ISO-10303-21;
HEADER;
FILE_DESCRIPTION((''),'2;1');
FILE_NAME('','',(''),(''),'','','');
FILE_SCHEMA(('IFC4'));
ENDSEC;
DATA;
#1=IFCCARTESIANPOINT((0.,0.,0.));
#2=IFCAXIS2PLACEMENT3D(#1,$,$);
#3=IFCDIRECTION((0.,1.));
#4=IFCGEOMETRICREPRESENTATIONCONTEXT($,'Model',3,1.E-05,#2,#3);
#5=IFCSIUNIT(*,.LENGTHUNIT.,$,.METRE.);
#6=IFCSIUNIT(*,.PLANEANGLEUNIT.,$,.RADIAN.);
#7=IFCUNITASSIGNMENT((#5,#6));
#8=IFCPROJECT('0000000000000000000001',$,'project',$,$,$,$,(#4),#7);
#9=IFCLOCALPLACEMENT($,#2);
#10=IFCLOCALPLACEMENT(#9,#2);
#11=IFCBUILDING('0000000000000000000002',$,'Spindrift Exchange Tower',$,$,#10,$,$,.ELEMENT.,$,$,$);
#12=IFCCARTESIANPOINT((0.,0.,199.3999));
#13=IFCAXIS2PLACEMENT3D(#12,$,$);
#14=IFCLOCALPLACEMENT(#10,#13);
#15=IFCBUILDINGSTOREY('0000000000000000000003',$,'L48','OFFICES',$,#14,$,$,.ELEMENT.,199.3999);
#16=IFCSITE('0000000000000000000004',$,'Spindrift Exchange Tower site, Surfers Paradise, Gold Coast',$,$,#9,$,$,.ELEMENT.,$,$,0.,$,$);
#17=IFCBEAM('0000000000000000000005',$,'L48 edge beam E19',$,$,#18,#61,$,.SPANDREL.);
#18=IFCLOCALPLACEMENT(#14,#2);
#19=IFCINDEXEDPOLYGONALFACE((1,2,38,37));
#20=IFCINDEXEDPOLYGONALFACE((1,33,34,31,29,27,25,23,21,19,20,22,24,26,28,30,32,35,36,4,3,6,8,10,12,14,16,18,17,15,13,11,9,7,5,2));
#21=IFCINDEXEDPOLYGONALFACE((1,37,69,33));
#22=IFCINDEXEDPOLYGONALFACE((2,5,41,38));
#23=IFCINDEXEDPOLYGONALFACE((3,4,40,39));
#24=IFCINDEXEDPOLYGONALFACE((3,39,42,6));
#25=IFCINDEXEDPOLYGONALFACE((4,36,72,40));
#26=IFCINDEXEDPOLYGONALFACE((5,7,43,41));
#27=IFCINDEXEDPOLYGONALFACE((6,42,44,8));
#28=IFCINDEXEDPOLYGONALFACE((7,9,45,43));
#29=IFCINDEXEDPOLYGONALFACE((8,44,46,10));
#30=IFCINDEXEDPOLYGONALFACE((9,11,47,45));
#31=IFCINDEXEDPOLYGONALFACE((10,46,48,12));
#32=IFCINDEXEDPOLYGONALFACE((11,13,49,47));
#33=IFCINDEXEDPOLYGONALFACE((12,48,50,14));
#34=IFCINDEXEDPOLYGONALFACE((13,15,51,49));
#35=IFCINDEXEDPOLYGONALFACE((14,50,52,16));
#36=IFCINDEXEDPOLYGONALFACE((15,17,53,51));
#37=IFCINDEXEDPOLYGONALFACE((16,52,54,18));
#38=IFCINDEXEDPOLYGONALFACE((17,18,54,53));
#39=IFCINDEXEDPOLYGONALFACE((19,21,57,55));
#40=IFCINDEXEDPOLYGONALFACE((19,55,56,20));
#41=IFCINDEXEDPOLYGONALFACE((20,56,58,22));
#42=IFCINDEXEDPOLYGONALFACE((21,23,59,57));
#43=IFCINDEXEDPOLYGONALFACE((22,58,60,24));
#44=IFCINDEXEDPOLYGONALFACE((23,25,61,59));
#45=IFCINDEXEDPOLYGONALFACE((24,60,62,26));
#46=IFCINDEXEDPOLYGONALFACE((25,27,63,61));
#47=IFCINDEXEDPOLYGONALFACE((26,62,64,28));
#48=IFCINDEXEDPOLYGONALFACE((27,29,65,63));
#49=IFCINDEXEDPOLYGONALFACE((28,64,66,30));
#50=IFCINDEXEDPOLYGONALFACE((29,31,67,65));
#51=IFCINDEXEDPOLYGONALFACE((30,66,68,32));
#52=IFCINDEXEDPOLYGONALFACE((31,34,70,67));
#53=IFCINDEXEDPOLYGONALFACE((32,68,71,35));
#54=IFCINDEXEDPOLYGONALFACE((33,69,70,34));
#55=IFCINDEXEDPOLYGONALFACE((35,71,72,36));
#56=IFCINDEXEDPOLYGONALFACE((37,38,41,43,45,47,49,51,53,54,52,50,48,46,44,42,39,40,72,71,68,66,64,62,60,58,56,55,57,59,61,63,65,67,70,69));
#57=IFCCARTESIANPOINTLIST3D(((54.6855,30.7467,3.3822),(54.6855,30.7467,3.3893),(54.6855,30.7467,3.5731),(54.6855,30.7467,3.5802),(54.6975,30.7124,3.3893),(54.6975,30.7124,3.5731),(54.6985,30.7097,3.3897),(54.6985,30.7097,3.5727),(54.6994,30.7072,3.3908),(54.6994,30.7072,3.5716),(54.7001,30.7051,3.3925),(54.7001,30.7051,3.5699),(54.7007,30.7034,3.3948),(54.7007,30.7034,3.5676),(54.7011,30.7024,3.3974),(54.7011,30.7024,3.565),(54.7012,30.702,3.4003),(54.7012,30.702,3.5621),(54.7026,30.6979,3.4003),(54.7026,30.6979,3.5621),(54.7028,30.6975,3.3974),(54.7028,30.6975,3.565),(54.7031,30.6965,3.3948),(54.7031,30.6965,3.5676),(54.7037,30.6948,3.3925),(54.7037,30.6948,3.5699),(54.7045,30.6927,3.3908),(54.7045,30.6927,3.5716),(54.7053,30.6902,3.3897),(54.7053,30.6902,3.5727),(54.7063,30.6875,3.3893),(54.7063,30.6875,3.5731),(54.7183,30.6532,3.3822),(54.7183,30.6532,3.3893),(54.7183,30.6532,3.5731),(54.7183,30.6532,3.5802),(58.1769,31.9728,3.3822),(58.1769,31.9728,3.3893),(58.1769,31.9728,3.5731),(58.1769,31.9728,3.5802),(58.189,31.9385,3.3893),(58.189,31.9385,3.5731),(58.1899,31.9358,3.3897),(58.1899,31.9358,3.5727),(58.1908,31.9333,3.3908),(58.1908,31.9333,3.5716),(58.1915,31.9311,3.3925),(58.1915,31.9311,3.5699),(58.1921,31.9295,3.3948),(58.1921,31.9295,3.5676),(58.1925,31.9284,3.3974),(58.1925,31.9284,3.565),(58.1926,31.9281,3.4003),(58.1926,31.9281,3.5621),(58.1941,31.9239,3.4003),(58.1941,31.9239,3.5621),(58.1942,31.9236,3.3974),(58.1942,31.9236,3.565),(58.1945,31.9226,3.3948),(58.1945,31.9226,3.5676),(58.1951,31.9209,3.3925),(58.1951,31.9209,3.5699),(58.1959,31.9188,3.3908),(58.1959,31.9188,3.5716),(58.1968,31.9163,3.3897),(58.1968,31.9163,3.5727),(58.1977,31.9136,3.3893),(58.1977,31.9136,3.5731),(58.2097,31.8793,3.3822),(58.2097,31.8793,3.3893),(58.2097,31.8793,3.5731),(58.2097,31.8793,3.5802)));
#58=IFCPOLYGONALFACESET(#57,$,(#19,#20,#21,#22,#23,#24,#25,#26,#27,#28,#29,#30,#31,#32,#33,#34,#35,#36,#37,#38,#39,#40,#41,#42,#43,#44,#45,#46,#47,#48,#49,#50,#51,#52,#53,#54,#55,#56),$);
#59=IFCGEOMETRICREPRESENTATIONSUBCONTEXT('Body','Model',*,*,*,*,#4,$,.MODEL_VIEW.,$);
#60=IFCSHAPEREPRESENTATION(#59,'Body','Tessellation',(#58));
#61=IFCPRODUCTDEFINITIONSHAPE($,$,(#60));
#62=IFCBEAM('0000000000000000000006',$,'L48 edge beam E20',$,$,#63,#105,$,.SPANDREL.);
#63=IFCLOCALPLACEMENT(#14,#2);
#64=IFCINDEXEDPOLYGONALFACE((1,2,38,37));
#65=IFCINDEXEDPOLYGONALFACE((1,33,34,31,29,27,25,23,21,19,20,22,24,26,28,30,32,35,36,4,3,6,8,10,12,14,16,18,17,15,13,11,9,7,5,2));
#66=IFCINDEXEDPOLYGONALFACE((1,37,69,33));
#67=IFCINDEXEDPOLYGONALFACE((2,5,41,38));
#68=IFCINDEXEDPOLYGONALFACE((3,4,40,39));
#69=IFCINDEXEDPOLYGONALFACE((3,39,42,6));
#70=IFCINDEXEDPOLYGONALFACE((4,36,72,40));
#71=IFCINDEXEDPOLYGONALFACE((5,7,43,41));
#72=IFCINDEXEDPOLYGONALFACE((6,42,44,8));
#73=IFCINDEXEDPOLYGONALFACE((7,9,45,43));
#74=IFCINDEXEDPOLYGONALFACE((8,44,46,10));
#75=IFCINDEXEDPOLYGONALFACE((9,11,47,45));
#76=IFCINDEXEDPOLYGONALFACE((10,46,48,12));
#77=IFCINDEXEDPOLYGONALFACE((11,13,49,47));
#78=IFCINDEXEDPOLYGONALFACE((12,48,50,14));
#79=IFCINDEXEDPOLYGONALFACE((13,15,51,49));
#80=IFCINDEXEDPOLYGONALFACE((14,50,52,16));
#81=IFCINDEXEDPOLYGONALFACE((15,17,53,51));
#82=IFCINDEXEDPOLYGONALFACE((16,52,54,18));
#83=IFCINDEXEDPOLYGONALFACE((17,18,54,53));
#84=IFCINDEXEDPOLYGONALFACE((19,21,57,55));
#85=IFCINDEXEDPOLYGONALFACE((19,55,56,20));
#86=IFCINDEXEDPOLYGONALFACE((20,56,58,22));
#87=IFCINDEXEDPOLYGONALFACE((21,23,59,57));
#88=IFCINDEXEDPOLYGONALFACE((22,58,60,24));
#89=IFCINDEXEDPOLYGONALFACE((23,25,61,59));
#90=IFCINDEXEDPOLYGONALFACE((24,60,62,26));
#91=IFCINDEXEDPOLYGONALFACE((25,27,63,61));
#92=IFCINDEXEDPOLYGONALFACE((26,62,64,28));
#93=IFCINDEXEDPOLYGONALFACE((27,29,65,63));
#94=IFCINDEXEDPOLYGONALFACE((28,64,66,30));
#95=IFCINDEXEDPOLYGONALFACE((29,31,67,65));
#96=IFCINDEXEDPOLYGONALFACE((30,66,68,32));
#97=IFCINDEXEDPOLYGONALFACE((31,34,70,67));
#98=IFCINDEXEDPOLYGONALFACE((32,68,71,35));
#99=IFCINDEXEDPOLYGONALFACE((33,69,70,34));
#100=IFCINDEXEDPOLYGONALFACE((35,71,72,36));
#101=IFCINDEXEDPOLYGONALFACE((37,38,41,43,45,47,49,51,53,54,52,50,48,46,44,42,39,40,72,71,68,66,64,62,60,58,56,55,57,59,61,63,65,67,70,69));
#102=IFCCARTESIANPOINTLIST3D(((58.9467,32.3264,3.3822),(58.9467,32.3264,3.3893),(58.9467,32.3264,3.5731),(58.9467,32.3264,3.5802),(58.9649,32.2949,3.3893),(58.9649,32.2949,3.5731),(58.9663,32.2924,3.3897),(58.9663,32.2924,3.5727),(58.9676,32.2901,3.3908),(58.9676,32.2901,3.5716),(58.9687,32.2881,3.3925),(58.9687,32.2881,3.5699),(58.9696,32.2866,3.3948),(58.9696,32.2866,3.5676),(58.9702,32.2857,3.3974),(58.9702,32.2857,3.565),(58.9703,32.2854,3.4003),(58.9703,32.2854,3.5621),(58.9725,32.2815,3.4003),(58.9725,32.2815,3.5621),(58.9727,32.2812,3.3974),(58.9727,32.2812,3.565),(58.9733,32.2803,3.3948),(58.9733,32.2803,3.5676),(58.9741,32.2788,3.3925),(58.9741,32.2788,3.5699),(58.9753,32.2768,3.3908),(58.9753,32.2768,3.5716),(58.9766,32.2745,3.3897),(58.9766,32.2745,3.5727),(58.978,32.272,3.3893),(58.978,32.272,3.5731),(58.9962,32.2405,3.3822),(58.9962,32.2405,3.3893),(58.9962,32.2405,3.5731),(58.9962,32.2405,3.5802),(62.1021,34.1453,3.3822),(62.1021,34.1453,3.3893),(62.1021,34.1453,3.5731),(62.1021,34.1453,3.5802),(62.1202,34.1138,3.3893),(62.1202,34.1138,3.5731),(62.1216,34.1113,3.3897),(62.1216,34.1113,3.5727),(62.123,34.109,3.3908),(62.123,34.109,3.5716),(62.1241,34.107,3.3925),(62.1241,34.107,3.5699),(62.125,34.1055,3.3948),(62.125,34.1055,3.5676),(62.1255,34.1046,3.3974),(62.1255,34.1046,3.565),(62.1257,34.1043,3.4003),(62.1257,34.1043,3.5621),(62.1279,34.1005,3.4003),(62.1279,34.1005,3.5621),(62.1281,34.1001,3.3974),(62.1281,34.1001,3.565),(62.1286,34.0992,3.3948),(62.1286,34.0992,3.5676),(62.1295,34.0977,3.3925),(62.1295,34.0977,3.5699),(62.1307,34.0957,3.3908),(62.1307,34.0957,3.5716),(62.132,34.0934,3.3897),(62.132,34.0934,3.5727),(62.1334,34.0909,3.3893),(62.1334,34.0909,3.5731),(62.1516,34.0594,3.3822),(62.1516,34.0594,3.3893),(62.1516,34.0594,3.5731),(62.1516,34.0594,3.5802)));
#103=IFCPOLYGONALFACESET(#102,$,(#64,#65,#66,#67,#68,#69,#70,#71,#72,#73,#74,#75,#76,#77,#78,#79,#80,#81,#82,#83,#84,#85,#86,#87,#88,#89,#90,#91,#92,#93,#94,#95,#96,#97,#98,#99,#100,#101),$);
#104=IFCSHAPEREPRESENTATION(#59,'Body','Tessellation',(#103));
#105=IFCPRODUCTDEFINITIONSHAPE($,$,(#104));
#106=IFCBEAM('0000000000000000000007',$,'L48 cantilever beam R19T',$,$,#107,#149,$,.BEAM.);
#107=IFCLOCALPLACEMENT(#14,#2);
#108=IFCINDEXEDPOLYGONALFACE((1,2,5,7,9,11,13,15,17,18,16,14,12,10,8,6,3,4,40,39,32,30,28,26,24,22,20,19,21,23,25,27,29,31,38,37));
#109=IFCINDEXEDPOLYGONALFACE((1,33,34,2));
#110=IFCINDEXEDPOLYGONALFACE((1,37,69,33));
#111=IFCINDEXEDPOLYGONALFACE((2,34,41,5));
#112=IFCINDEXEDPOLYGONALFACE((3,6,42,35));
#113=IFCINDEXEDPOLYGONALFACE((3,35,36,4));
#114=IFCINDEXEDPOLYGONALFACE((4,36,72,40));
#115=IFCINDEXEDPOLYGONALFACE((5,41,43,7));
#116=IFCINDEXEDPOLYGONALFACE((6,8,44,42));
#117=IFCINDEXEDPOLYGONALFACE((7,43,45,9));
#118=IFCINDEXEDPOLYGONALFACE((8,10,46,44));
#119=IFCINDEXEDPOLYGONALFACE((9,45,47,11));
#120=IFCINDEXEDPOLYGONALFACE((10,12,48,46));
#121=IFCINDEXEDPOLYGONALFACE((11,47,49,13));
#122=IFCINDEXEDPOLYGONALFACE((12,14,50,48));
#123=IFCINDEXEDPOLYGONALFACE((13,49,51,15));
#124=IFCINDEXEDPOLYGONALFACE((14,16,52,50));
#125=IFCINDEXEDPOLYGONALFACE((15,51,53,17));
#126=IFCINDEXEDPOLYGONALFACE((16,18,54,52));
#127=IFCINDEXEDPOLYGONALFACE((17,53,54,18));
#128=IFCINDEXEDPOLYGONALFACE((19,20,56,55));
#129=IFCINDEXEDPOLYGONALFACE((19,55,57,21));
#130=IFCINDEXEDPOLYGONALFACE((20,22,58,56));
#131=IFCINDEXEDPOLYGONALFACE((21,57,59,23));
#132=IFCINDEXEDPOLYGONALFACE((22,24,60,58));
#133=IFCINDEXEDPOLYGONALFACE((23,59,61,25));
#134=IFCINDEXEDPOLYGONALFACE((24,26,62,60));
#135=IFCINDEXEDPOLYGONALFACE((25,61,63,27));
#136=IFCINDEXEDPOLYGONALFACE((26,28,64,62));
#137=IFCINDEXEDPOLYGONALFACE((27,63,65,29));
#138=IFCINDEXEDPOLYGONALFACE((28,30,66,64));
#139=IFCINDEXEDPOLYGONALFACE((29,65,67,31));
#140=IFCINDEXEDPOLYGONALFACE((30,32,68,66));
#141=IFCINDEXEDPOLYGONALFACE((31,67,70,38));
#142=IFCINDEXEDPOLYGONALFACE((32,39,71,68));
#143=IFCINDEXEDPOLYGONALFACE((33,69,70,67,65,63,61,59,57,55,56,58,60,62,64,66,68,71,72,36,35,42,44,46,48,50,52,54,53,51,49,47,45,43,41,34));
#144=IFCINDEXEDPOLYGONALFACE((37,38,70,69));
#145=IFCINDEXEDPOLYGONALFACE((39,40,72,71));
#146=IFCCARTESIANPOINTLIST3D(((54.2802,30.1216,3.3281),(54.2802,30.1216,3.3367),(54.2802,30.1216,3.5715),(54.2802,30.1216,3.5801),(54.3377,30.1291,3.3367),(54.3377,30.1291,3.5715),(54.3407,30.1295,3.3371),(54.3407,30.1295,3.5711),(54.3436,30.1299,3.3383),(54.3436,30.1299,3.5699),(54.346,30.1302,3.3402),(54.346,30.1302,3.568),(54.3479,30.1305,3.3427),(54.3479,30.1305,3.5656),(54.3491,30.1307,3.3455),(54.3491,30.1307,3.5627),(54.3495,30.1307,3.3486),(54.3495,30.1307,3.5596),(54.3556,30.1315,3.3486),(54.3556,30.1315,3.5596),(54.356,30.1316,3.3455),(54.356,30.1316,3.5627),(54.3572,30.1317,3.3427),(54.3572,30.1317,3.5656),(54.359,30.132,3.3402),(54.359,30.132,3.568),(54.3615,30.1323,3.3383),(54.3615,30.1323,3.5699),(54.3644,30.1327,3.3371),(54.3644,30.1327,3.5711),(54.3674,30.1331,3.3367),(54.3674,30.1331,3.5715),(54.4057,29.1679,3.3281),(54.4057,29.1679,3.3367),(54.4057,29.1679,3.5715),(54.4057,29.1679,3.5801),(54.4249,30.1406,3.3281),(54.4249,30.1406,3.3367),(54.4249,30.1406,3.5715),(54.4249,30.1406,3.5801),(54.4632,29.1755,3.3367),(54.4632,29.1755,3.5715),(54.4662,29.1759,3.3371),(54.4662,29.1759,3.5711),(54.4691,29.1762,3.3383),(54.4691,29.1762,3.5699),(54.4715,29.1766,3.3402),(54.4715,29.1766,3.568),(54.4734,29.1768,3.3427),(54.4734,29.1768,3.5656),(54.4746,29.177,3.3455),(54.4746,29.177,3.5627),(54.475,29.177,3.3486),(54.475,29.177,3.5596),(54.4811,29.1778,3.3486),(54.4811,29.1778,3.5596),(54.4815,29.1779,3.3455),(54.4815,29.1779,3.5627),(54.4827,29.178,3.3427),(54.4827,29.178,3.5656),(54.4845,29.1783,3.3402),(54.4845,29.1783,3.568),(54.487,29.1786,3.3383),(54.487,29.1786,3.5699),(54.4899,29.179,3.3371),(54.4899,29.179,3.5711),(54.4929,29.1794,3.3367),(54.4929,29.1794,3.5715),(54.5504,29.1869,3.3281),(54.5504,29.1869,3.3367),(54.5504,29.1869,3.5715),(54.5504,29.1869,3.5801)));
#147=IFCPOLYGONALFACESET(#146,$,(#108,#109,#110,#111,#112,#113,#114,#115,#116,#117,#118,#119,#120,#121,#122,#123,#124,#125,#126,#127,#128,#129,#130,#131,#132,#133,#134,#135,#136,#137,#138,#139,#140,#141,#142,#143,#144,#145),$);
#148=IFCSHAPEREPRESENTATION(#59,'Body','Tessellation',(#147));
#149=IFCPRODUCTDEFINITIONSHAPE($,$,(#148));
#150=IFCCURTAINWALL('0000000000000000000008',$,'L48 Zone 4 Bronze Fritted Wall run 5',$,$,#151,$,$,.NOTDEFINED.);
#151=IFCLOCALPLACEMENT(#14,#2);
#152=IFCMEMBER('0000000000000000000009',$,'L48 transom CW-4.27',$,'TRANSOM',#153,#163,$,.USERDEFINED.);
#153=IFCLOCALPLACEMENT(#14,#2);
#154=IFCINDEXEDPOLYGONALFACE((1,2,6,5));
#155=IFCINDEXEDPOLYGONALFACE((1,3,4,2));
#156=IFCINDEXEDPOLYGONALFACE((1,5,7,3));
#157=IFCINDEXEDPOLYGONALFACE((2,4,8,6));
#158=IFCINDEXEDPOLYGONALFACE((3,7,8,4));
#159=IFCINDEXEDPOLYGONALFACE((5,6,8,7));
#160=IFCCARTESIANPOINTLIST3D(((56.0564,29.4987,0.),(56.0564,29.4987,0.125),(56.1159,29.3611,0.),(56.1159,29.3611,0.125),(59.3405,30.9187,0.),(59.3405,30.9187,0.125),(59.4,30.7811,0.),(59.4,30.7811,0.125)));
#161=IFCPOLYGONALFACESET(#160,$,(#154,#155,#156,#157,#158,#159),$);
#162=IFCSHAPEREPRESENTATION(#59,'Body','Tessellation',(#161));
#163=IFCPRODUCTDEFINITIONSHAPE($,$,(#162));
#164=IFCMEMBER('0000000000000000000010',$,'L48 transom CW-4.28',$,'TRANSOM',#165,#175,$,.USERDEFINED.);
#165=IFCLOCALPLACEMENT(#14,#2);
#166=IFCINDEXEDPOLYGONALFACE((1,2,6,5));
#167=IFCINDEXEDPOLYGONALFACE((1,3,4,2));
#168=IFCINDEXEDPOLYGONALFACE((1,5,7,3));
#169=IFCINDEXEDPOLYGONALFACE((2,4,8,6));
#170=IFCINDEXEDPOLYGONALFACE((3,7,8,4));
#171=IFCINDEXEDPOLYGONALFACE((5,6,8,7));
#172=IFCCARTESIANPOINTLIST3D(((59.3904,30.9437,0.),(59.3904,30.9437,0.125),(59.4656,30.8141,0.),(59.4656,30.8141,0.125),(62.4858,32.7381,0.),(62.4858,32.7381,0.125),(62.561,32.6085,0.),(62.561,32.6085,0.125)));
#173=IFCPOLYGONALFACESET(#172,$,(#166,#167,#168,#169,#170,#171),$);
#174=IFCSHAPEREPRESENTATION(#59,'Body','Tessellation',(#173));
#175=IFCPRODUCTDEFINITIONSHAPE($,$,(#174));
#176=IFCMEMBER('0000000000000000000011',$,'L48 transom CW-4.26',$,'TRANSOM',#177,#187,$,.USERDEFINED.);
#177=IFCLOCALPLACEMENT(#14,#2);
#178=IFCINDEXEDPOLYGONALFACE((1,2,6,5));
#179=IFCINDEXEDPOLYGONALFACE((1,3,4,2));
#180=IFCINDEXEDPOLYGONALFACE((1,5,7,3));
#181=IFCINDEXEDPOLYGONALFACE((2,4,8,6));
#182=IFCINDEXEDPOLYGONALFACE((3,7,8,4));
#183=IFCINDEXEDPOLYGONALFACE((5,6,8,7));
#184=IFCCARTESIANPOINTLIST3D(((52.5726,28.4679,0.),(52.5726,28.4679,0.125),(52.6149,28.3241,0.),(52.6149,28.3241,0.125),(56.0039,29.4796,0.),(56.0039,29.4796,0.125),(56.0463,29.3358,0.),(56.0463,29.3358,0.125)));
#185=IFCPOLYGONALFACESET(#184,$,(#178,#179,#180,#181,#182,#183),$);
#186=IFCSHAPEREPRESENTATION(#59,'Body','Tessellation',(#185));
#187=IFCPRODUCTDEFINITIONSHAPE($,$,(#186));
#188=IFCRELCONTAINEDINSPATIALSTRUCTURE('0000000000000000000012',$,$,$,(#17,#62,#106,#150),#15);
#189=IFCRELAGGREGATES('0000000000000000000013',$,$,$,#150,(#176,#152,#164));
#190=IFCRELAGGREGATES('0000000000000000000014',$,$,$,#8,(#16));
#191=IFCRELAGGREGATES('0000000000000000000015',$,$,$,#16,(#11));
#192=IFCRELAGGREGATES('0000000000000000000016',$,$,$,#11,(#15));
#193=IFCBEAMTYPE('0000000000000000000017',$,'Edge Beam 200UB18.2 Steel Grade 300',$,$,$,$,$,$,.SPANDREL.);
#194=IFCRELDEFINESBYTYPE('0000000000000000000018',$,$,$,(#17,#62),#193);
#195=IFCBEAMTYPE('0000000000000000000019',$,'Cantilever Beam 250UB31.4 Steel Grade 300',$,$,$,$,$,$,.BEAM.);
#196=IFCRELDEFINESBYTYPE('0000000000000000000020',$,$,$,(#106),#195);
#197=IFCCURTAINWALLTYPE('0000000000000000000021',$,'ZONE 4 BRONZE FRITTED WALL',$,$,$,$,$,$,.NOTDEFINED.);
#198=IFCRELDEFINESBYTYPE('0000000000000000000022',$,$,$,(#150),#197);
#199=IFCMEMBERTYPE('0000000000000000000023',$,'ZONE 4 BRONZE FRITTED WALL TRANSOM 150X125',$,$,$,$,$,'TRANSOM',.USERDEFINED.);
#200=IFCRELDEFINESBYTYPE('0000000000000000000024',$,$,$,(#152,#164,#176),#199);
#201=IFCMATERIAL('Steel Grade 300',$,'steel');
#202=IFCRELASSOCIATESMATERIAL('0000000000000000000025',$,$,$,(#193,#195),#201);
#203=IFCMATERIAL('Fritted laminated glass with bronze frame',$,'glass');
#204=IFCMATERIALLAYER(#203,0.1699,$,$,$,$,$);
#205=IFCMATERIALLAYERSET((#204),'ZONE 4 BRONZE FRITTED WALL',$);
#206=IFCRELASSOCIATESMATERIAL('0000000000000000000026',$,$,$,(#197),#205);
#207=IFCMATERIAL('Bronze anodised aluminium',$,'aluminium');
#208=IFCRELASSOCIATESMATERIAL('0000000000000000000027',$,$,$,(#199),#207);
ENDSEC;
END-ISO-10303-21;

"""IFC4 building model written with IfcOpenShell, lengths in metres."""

from ifc_helpers import new_model, si_unit, direction, frame, origin, origin_2d, place, context, subcontext, project, spatial, rectangle, i_section, extrude, source, transform, mapped, material, layer, layer_set, material_profile, profile_set, type_object, element, aggregate, save


model = new_model("IFC4")

# Units and contexts
model_context = context("Model", 3, precision=1e-05, world=origin(), true_north=direction((0.0, 1.0)))
body_context = subcontext(model_context, "Body", "Model", "MODEL_VIEW")
ifc_project = project(units=[si_unit("LENGTHUNIT", "METRE"), si_unit("PLANEANGLEUNIT", "RADIAN")], contexts=[model_context])

# Site, building, storey
site_placement = place(None, origin())
site = spatial("IfcSite", under=ifc_project, at=site_placement, Name="Spindrift Exchange Tower site, Surfers Paradise, Gold Coast", CompositionType="ELEMENT", RefElevation=0.0)
building_placement = place(site_placement, origin())
building = spatial("IfcBuilding", under=site, at=building_placement, Name="Spindrift Exchange Tower", CompositionType="ELEMENT")
storey_placement = place(building_placement, frame((0.0, 0.0, 199.3999)))
storey = spatial("IfcBuildingStorey", under=building, at=storey_placement, Name="L48", Description="OFFICES", CompositionType="ELEMENT", Elevation=199.3999)

# Beams
ifc_material_1 = material(Name="Steel Grade 300", Category="steel")
ifc_material_profile_1 = material_profile(ifc_material_1, i_section(OverallWidth=0.0991, OverallDepth=0.198, WebThickness=0.0044, FlangeThickness=0.0071, FilletRadius=0.011, at=origin_2d()), Name="200UB18.2")
ifc_profile_set_1 = profile_set([ifc_material_profile_1], Name="Steel Grade 300")
beam_type_1 = type_object("IfcBeamType", Name="Edge Beam 200UB18.2 Steel Grade 300", PredefinedType="SPANDREL", material=ifc_profile_set_1)
shared_shape_1 = source(origin(), body_context, "Body", "SweptSolid", [
    extrude(i_section(OverallWidth=0.0991, OverallDepth=0.198, WebThickness=0.0044, FlangeThickness=0.0071, FilletRadius=0.011, at=origin_2d()), origin(), (0.0, 0.0, 1.0), 3.7004),
])
beam_1_placement = place(storey_placement, frame((54.7019, 30.7, 3.4812), z_axis=(0.943515, 0.331329, 0.0), x_axis=(-0.331329, 0.943515, 0.0)))
element("IfcBeam", 1, at=beam_1_placement, inside=storey, type_object=beam_type_1, Name="L48 edge beam E19", PredefinedType="SPANDREL", context=body_context, shape_type="MappedRepresentation", body=[
    mapped(shared_shape_1, transform((0.0, 0.0, 0.0), scale=1.0)),
])
shared_shape_2 = source(origin(), body_context, "Body", "SweptSolid", [
    extrude(i_section(OverallWidth=0.0991, OverallDepth=0.198, WebThickness=0.0044, FlangeThickness=0.0071, FilletRadius=0.011, at=origin_2d()), origin(), (0.0, 0.0, 1.0), 3.6421),
])
beam_2_placement = place(storey_placement, frame((58.9714, 32.2834, 3.4812), z_axis=(0.866364, 0.499413, 0.0), x_axis=(-0.499413, 0.866364, 0.0)))
element("IfcBeam", 2, at=beam_2_placement, inside=storey, type_object=beam_type_1, Name="L48 edge beam E20", PredefinedType="SPANDREL", context=body_context, shape_type="MappedRepresentation", body=[
    mapped(shared_shape_2, transform((0.0, 0.0, 0.0), scale=1.0)),
])
ifc_material_profile_2 = material_profile(ifc_material_1, i_section(OverallWidth=0.146, OverallDepth=0.252, WebThickness=0.0061, FlangeThickness=0.0085, FilletRadius=0.012, at=origin_2d()), Name="250UB31.4")
ifc_profile_set_2 = profile_set([ifc_material_profile_2], Name="Steel Grade 300")
beam_type_2 = type_object("IfcBeamType", Name="Cantilever Beam 250UB31.4 Steel Grade 300", PredefinedType="BEAM", material=ifc_profile_set_2)
shared_shape_3 = source(origin(), body_context, "Body", "SweptSolid", [
    extrude(i_section(OverallWidth=0.146, OverallDepth=0.252, WebThickness=0.0061, FlangeThickness=0.0085, FilletRadius=0.012, at=origin_2d()), origin(), (0.0, 0.0, 1.0), 0.9619),
])
beam_3_placement = place(storey_placement, frame((54.3525, 30.1311, 3.4541), z_axis=(0.130468, -0.991453, 0.0), x_axis=(0.991453, 0.130468, 0.0)))
element("IfcBeam", 3, at=beam_3_placement, inside=storey, type_object=beam_type_2, Name="L48 cantilever beam R19T", PredefinedType="BEAM", context=body_context, shape_type="MappedRepresentation", body=[
    mapped(shared_shape_3, transform((0.0, 0.0, 0.0), scale=1.0)),
])

# Curtain wall, members
ifc_material_2 = material(Name="Fritted laminated glass with bronze frame", Category="glass")
ifc_layer_1 = layer(ifc_material_2, 0.1699)
ifc_layer_set_1 = layer_set([ifc_layer_1], Name="ZONE 4 BRONZE FRITTED WALL")
curtain_wall_type = type_object("IfcCurtainWallType", Name="ZONE 4 BRONZE FRITTED WALL", PredefinedType="NOTDEFINED", material=ifc_layer_set_1)
curtain_wall_placement = place(storey_placement, origin())
curtain_wall = element("IfcCurtainWall", 4, at=curtain_wall_placement, inside=storey, type_object=curtain_wall_type, Name="L48 Zone 4 Bronze Fritted Wall run 5", PredefinedType="NOTDEFINED")
ifc_material_3 = material(Name="Bronze anodised aluminium", Category="aluminium")
ifc_material_profile_3 = material_profile(ifc_material_3, rectangle(XDim=0.1499, YDim=0.125, at=origin_2d()), Name="ZONE 4 BRONZE FRITTED WALL TRANSOM 150X125")
ifc_profile_set_3 = profile_set([ifc_material_profile_3], Name="Bronze anodised aluminium")
member_type_1 = type_object("IfcMemberType", Name="ZONE 4 BRONZE FRITTED WALL TRANSOM 150X125", ElementType="TRANSOM", PredefinedType="USERDEFINED", material=ifc_profile_set_3)
shared_shape_4 = source(origin(), body_context, "Body", "SweptSolid", [
    extrude(rectangle(XDim=0.1499, YDim=0.125, at=origin_2d()), origin(), (0.0, 0.0, 1.0), 3.5779),
])
member_1_placement = place(storey_placement, frame((56.0862, 29.4299, 0.0625), z_axis=(0.917873, 0.396874, 0.0), x_axis=(-0.396874, 0.917873, 0.0)))
member_1 = element("IfcMember", 5, at=member_1_placement, type_object=member_type_1, Name="L48 transom CW-4.27", ObjectType="TRANSOM", PredefinedType="USERDEFINED", context=body_context, shape_type="MappedRepresentation", body=[
    mapped(shared_shape_4, transform((0.0, 0.0, 0.0), scale=1.0)),
])
member_2_placement = place(storey_placement, frame((59.428, 30.8789, 0.0625), z_axis=(0.865144, 0.501523, 0.0), x_axis=(-0.501523, 0.865144, 0.0)))
member_2 = element("IfcMember", 6, at=member_2_placement, type_object=member_type_1, Name="L48 transom CW-4.28", ObjectType="TRANSOM", PredefinedType="USERDEFINED", context=body_context, shape_type="MappedRepresentation", body=[
    mapped(shared_shape_4, transform((0.0, 0.0, 0.0), scale=1.0)),
])
shared_shape_5 = source(origin(), body_context, "Body", "SweptSolid", [
    extrude(rectangle(XDim=0.1499, YDim=0.125, at=origin_2d()), origin(), (0.0, 0.0, 1.0), 3.5774),
])
member_3_placement = place(storey_placement, frame((52.5938, 28.396, 0.0625), z_axis=(0.959177, 0.282805, 0.0), x_axis=(-0.282805, 0.959177, 0.0)))
member_3 = element("IfcMember", 7, at=member_3_placement, type_object=member_type_1, Name="L48 transom CW-4.26", ObjectType="TRANSOM", PredefinedType="USERDEFINED", context=body_context, shape_type="MappedRepresentation", body=[
    mapped(shared_shape_5, transform((0.0, 0.0, 0.0), scale=1.0)),
])
aggregate(curtain_wall, [member_3, member_1, member_2])

save(model, "model.ifc")
